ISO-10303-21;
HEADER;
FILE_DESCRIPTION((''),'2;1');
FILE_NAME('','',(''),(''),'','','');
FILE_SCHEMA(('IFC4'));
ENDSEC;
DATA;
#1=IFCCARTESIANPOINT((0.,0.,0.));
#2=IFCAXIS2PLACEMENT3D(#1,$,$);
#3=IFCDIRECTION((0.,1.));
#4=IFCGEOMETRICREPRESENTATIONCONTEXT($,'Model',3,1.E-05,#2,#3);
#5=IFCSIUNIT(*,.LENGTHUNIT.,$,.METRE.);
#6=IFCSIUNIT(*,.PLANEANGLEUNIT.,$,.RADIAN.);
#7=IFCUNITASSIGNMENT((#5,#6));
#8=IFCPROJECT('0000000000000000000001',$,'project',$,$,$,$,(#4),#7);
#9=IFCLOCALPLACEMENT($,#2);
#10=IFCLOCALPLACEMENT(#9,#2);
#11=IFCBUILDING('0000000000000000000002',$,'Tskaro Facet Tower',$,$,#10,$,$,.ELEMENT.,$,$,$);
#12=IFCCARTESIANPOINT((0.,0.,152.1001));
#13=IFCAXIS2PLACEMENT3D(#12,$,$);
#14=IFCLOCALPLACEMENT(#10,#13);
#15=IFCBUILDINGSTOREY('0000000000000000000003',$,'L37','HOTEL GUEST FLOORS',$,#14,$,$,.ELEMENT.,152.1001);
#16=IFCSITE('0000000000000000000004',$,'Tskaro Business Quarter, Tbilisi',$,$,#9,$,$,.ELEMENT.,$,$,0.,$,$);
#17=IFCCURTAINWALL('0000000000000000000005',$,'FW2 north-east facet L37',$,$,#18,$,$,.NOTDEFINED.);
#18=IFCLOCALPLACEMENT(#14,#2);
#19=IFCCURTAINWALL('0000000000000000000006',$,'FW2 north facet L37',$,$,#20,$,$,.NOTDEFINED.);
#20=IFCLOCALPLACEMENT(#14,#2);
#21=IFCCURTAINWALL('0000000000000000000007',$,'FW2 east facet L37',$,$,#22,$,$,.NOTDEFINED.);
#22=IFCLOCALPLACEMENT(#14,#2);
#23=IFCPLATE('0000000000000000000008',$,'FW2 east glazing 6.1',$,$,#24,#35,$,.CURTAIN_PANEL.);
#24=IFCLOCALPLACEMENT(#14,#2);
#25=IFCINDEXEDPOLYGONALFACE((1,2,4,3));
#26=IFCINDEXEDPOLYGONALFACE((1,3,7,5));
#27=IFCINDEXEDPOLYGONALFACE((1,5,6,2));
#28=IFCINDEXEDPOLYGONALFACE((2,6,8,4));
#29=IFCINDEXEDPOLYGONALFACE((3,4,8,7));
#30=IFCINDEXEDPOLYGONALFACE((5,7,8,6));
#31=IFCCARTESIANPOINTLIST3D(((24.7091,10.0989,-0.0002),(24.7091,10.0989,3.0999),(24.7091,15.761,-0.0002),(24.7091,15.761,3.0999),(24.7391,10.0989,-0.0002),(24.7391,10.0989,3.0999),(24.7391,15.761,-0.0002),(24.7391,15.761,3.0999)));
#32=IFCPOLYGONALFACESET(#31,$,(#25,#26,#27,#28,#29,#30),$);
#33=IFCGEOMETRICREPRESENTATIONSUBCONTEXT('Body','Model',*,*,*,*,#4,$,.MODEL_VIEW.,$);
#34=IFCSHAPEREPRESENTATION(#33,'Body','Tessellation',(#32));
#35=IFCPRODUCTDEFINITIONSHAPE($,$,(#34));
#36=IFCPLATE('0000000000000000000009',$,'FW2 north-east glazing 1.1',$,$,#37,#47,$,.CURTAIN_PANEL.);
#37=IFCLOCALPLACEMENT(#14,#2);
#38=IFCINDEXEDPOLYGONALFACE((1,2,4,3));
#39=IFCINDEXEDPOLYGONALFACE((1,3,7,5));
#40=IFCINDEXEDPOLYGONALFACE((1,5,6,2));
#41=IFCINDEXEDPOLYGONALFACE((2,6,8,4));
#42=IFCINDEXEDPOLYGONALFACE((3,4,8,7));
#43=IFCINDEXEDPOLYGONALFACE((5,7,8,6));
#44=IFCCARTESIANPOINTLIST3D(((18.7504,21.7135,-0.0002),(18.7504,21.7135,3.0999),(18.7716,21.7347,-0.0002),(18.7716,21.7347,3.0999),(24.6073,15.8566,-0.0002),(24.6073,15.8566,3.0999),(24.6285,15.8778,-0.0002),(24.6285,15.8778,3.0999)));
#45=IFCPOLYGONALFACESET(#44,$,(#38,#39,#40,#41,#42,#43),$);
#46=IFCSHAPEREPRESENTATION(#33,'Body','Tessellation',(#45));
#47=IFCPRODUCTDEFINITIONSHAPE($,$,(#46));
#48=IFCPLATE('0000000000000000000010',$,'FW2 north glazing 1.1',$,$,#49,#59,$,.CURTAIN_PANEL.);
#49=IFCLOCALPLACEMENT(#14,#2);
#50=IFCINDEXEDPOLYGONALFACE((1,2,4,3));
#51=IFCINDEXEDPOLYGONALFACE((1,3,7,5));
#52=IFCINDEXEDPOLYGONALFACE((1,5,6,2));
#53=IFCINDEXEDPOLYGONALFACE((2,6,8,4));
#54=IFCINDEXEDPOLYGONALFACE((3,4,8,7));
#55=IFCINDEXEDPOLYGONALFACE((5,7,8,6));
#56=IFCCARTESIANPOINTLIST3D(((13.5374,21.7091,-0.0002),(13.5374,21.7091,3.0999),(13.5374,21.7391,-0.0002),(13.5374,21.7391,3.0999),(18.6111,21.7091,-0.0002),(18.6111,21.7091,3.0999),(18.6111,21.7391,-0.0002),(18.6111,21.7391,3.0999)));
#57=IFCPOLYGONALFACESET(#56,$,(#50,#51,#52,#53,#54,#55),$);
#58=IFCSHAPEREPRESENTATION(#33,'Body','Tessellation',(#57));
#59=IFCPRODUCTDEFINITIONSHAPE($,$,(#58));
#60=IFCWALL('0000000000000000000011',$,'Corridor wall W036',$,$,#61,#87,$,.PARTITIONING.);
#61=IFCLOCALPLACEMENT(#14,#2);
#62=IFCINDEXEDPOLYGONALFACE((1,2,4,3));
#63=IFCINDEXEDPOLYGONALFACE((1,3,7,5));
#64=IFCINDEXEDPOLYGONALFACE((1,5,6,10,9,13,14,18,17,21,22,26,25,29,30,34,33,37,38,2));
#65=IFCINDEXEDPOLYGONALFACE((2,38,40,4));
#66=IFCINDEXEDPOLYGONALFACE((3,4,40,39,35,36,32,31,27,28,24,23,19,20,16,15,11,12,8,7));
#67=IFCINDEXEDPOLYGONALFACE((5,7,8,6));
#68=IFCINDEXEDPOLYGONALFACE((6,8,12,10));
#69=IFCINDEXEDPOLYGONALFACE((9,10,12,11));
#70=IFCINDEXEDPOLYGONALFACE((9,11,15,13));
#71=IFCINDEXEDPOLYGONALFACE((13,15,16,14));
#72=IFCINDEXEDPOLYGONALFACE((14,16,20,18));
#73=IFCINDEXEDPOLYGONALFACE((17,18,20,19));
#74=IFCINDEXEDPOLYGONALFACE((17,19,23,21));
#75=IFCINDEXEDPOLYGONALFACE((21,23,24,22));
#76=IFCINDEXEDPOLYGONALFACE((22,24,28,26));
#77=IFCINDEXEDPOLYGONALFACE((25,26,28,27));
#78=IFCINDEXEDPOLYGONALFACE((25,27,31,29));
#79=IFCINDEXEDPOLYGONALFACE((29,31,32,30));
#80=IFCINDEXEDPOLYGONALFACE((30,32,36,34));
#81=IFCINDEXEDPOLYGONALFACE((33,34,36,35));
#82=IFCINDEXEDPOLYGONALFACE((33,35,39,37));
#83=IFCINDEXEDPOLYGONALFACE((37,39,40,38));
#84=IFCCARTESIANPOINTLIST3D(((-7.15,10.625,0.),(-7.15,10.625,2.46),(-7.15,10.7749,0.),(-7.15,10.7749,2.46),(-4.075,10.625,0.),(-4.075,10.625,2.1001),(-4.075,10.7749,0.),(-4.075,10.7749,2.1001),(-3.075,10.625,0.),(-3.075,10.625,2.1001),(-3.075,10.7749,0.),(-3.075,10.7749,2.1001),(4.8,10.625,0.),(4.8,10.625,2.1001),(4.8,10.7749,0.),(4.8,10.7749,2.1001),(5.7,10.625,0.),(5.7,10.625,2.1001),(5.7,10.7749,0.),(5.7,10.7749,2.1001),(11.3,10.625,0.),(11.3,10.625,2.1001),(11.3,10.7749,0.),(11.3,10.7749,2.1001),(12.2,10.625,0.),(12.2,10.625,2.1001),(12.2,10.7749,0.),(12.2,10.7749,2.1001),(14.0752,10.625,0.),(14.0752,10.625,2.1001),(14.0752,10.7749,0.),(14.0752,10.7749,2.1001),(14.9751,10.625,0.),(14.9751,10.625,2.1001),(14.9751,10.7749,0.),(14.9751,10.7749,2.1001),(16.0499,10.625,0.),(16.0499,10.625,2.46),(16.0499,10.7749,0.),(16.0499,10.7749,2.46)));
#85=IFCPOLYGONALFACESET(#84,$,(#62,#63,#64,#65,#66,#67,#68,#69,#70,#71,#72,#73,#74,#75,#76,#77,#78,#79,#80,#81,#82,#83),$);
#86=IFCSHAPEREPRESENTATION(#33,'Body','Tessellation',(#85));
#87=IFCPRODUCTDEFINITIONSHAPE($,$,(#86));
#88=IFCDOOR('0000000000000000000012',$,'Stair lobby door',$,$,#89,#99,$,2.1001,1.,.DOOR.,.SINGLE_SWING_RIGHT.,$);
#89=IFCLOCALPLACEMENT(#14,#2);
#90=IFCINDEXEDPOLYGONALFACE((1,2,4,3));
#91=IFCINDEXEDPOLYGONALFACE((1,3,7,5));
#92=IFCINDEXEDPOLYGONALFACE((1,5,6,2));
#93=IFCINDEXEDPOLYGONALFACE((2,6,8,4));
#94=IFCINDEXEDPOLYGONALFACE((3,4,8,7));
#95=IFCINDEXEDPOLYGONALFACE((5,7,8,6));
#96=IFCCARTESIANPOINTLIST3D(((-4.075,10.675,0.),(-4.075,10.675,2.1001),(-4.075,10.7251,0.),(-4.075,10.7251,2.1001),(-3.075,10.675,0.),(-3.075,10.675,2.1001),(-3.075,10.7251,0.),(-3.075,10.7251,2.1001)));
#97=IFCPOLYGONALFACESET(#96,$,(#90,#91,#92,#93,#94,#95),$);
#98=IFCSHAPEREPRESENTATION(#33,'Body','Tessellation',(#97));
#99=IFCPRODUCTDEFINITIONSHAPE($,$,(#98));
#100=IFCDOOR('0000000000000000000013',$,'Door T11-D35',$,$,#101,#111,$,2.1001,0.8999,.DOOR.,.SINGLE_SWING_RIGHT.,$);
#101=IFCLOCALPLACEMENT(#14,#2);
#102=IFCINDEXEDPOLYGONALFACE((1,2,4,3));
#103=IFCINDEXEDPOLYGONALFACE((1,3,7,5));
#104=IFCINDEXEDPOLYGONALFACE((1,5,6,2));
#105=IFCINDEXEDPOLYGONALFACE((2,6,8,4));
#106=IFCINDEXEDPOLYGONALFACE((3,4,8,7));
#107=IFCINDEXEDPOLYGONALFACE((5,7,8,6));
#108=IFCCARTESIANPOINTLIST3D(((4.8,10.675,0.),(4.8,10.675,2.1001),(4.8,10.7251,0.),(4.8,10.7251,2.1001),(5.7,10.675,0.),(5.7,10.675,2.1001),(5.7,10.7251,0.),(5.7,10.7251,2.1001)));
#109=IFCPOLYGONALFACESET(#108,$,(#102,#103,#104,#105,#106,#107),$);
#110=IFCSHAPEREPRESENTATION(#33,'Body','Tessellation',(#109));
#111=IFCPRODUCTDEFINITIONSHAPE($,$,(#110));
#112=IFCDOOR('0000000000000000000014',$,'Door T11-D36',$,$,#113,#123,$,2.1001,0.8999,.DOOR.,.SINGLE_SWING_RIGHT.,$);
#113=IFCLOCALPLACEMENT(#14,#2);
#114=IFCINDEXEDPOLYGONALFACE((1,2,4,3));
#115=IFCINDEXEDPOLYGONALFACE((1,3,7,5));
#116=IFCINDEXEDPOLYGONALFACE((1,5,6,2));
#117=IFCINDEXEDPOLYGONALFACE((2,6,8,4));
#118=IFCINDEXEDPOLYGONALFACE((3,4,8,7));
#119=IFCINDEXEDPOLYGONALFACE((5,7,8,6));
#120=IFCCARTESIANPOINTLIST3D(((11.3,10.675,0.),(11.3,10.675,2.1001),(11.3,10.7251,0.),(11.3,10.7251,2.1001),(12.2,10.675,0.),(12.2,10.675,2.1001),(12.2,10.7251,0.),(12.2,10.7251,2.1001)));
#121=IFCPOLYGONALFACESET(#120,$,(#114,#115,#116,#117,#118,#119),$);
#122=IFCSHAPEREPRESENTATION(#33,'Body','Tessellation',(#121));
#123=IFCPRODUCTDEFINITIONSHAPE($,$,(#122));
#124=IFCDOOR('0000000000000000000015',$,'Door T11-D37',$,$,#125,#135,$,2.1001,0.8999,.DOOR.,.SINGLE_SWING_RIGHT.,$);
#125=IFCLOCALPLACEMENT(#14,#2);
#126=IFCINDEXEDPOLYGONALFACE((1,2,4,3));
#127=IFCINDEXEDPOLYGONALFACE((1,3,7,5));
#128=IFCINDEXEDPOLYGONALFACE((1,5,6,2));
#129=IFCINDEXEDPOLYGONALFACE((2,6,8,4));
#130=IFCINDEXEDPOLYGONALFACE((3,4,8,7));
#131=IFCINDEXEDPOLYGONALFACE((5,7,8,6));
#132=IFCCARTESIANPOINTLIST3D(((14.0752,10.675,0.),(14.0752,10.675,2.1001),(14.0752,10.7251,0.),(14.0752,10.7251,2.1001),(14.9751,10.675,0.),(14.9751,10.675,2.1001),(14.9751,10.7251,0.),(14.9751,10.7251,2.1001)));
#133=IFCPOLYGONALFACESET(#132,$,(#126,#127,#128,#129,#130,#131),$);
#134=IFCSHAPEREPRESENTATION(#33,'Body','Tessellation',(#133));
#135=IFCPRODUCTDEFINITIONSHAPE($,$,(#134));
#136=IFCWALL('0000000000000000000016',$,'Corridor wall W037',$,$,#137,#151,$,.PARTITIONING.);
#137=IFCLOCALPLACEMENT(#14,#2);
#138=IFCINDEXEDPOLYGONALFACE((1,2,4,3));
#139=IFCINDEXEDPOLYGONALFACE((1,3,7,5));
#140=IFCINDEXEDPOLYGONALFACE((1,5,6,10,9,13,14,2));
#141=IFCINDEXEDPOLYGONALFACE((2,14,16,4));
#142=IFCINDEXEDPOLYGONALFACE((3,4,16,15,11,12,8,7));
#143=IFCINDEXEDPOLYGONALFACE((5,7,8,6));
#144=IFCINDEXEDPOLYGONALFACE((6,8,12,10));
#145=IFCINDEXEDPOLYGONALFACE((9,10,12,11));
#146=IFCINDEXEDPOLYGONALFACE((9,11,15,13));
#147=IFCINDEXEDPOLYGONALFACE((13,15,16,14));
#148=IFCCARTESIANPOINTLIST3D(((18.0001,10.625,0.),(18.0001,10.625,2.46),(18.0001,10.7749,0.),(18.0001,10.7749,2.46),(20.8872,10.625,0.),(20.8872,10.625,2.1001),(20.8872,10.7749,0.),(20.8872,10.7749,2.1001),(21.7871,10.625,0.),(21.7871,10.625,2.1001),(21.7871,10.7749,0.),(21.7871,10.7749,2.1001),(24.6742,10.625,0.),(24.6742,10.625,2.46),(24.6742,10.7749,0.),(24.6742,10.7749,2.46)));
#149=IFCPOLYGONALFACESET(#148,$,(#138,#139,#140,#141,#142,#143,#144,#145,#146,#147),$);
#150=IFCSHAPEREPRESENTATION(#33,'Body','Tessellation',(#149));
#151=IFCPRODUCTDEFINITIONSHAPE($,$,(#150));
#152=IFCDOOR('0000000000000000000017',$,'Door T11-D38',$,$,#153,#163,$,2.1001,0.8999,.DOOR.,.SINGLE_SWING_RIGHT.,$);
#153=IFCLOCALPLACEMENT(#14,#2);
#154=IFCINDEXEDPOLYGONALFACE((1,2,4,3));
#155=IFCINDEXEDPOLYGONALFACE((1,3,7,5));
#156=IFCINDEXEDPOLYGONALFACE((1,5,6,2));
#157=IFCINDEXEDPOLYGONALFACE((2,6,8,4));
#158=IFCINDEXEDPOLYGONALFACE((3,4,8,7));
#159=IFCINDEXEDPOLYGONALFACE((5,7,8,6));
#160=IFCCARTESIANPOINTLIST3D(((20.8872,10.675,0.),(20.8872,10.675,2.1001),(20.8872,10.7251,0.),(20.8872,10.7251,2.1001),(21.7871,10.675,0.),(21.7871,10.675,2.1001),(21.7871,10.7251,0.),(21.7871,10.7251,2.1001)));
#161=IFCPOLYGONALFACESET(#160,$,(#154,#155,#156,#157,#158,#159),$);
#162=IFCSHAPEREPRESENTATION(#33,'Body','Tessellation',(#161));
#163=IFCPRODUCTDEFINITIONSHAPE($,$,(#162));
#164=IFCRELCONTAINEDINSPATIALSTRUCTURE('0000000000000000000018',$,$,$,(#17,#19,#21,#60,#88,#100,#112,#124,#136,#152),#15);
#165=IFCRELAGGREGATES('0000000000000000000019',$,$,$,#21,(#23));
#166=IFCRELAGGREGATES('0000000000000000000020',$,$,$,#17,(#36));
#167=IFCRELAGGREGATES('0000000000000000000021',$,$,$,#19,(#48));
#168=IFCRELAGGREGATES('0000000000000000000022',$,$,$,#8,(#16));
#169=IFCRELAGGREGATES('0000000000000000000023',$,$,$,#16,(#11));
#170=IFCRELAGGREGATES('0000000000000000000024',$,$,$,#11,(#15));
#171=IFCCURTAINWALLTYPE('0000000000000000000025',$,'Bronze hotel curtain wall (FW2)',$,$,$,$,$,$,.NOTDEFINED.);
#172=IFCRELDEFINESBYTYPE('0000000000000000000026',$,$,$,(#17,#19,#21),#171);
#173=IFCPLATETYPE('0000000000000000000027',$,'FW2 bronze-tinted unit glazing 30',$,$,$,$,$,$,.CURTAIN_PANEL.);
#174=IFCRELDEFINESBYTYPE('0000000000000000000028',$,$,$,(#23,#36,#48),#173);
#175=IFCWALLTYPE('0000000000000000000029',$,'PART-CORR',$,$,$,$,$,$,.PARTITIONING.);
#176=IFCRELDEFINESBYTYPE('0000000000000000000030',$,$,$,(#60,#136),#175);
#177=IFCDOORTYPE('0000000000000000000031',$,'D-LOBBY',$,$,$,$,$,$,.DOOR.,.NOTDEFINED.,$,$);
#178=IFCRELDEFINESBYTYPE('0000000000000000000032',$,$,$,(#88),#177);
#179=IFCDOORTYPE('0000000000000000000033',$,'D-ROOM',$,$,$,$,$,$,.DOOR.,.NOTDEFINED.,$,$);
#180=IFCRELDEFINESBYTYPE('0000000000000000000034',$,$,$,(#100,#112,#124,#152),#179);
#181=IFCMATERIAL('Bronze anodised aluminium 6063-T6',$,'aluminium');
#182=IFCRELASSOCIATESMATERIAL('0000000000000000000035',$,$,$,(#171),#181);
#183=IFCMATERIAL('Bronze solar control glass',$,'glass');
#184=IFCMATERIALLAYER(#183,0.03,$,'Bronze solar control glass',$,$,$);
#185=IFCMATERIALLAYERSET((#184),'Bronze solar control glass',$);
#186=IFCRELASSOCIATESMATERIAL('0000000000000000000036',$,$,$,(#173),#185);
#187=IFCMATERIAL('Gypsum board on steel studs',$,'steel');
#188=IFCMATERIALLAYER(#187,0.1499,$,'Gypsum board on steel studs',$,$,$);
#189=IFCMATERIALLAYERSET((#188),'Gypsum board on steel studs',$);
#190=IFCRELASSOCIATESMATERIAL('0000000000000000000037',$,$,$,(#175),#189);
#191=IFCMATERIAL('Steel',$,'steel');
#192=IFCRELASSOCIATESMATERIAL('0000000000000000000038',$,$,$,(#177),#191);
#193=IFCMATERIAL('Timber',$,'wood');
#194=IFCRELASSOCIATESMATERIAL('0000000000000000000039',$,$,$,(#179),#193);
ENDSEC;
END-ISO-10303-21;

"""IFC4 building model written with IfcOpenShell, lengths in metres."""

from ifc_helpers import new_model, si_unit, direction, frame, frame_2d, origin, origin_2d, place, context, subcontext, project, spatial, rectangle, extrude, material, layer, layer_set, type_object, element, fill, aggregate, save


model = new_model("IFC4")

# Units and contexts
model_context = context("Model", 3, precision=1e-05, world=origin(), true_north=direction((0.0, 1.0)))
body_context = subcontext(model_context, "Body", "Model", "MODEL_VIEW")
ifc_project = project(units=[si_unit("LENGTHUNIT", "METRE"), si_unit("PLANEANGLEUNIT", "RADIAN")], contexts=[model_context])

# Site, building, storey
site_placement = place(None, origin())
site = spatial("IfcSite", under=ifc_project, at=site_placement, Name="Tskaro Business Quarter, Tbilisi", CompositionType="ELEMENT", RefElevation=0.0)
building_placement = place(site_placement, origin())
building = spatial("IfcBuilding", under=site, at=building_placement, Name="Tskaro Facet Tower", CompositionType="ELEMENT")
storey_placement = place(building_placement, frame((0.0, 0.0, 152.1001)))
storey = spatial("IfcBuildingStorey", under=building, at=storey_placement, Name="L37", Description="HOTEL GUEST FLOORS", CompositionType="ELEMENT", Elevation=152.1001)

# Curtain walls
ifc_material_1 = material(Name="Bronze anodised aluminium 6063-T6", Category="aluminium")
curtain_wall_type = type_object("IfcCurtainWallType", Name="Bronze hotel curtain wall (FW2)", PredefinedType="NOTDEFINED", material=ifc_material_1)
curtain_wall_1_placement = place(storey_placement, origin())
curtain_wall_1 = element("IfcCurtainWall", 1, at=curtain_wall_1_placement, inside=storey, type_object=curtain_wall_type, Name="FW2 north-east facet L37", PredefinedType="NOTDEFINED")
curtain_wall_2_placement = place(storey_placement, origin())
curtain_wall_2 = element("IfcCurtainWall", 2, at=curtain_wall_2_placement, inside=storey, type_object=curtain_wall_type, Name="FW2 north facet L37", PredefinedType="NOTDEFINED")

# Curtain wall, plate
curtain_wall_3_placement = place(storey_placement, origin())
curtain_wall_3 = element("IfcCurtainWall", 3, at=curtain_wall_3_placement, inside=storey, type_object=curtain_wall_type, Name="FW2 east facet L37", PredefinedType="NOTDEFINED")
ifc_material_2 = material(Name="Bronze solar control glass", Category="glass")
ifc_layer_1 = layer(ifc_material_2, 0.03, Name="Bronze solar control glass")
ifc_layer_set_1 = layer_set([ifc_layer_1], Name="Bronze solar control glass")
plate_type = type_object("IfcPlateType", Name="FW2 bronze-tinted unit glazing 30", PredefinedType="CURTAIN_PANEL", material=ifc_layer_set_1)
plate_1_placement = place(storey_placement, frame((24.7241, 12.9299, -0.0002), z_axis=(0.0, 0.0, 1.0), x_axis=(0.0, 1.0, 0.0)))
plate_1 = element("IfcPlate", 4, at=plate_1_placement, type_object=plate_type, Name="FW2 east glazing 6.1", PredefinedType="CURTAIN_PANEL", context=body_context, shape_type="SweptSolid", body=[
    extrude(rectangle(XDim=5.6621, YDim=0.03, at=origin_2d()), origin(), (0.0, 0.0, 1.0), 3.1001),
])
aggregate(curtain_wall_3, [plate_1])

# Plates
plate_2_placement = place(storey_placement, frame((21.6895, 18.7957, -0.0002), z_axis=(0.0, 0.0, 1.0), x_axis=(-0.707107, 0.707107, 0.0)))
plate_2 = element("IfcPlate", 5, at=plate_2_placement, type_object=plate_type, Name="FW2 north-east glazing 1.1", PredefinedType="CURTAIN_PANEL", context=body_context, shape_type="SweptSolid", body=[
    extrude(rectangle(XDim=8.283, YDim=0.03, at=origin_2d()), origin(), (0.0, 0.0, 1.0), 3.1001),
])
aggregate(curtain_wall_1, [plate_2])
plate_3_placement = place(storey_placement, frame((16.0742, 21.7241, -0.0002), z_axis=(0.0, 0.0, 1.0), x_axis=(-1.0, 0.0, 0.0)))
plate_3 = element("IfcPlate", 6, at=plate_3_placement, type_object=plate_type, Name="FW2 north glazing 1.1", PredefinedType="CURTAIN_PANEL", context=body_context, shape_type="SweptSolid", body=[
    extrude(rectangle(XDim=5.0737, YDim=0.03, at=origin_2d()), origin(), (0.0, 0.0, 1.0), 3.1001),
])
aggregate(curtain_wall_2, [plate_3])

# Wall, openings, doors
ifc_material_3 = material(Name="Gypsum board on steel studs", Category="steel")
ifc_layer_2 = layer(ifc_material_3, 0.1499, Name="Gypsum board on steel studs")
ifc_layer_set_2 = layer_set([ifc_layer_2], Name="Gypsum board on steel studs")
wall_type_1 = type_object("IfcWallType", Name="PART-CORR", PredefinedType="PARTITIONING", material=ifc_layer_set_2)
wall_1_placement = place(storey_placement, frame((16.05, 10.7, 0.0), z_axis=(0.0, 0.0, 1.0), x_axis=(-1.0, 0.0, 0.0)))
wall_1 = element("IfcWall", 7, at=wall_1_placement, inside=storey, type_object=wall_type_1, Name="Corridor wall W036", PredefinedType="PARTITIONING", context=body_context, shape_type="SweptSolid", body=[
    extrude(rectangle(XDim=23.2, YDim=0.1499, at=frame_2d((11.6001, 0.0))), origin(), (0.0, 0.0, 1.0), 2.46),
])
opening_1_placement = place(wall_1_placement, frame((19.125, 0.0, 0.0)))
opening_1 = element("IfcOpeningElement", 8, at=opening_1_placement, cuts=wall_1, PredefinedType="OPENING", context=body_context, shape_type="SweptSolid", body=[
    extrude(rectangle(XDim=1.0, YDim=2.1001, at=frame_2d((0.5, 1.05))), frame((0.0, 0.085, 0.0), z_axis=(0.0, -1.0, 0.0), x_axis=(1.0, 0.0, 0.0)), (0.0, 0.0, 1.0), 0.1699),
])
opening_2_placement = place(wall_1_placement, frame((10.3501, 0.0, 0.0)))
opening_2 = element("IfcOpeningElement", 9, at=opening_2_placement, cuts=wall_1, PredefinedType="OPENING", context=body_context, shape_type="SweptSolid", body=[
    extrude(rectangle(XDim=0.8999, YDim=2.1001, at=frame_2d((0.45, 1.05))), frame((0.0, 0.085, 0.0), z_axis=(0.0, -1.0, 0.0), x_axis=(1.0, 0.0, 0.0)), (0.0, 0.0, 1.0), 0.1699),
])
opening_3_placement = place(wall_1_placement, frame((3.8501, 0.0, 0.0)))
opening_3 = element("IfcOpeningElement", 10, at=opening_3_placement, cuts=wall_1, PredefinedType="OPENING", context=body_context, shape_type="SweptSolid", body=[
    extrude(rectangle(XDim=0.8999, YDim=2.1001, at=frame_2d((0.45, 1.05))), frame((0.0, 0.085, 0.0), z_axis=(0.0, -1.0, 0.0), x_axis=(1.0, 0.0, 0.0)), (0.0, 0.0, 1.0), 0.1699),
])
opening_4_placement = place(wall_1_placement, frame((1.075, 0.0, 0.0)))
opening_4 = element("IfcOpeningElement", 11, at=opening_4_placement, cuts=wall_1, PredefinedType="OPENING", context=body_context, shape_type="SweptSolid", body=[
    extrude(rectangle(XDim=0.8999, YDim=2.1001, at=frame_2d((0.45, 1.05))), frame((0.0, 0.085, 0.0), z_axis=(0.0, -1.0, 0.0), x_axis=(1.0, 0.0, 0.0)), (0.0, 0.0, 1.0), 0.1699),
])
ifc_material_4 = material(Name="Steel", Category="steel")
door_type_1 = type_object("IfcDoorType", Name="D-LOBBY", OperationType="NOTDEFINED", PredefinedType="DOOR", material=ifc_material_4)
door_1_placement = place(opening_1_placement, origin())
door_1 = element("IfcDoor", 12, at=door_1_placement, inside=storey, type_object=door_type_1, Name="Stair lobby door", OperationType="SINGLE_SWING_RIGHT", OverallHeight=2.1001, OverallWidth=1.0, PredefinedType="DOOR", context=body_context, shape_type="SweptSolid", body=[
    extrude(rectangle(XDim=1.0, YDim=2.1001, at=frame_2d((0.5, 1.05))), frame((0.0, 0.0249, 0.0), z_axis=(0.0, -1.0, 0.0), x_axis=(1.0, 0.0, 0.0)), (0.0, 0.0, 1.0), 0.05),
])
fill(opening_1, door_1)
ifc_material_5 = material(Name="Timber", Category="wood")
door_type_2 = type_object("IfcDoorType", Name="D-ROOM", OperationType="NOTDEFINED", PredefinedType="DOOR", material=ifc_material_5)
door_2_placement = place(opening_2_placement, origin())
door_2 = element("IfcDoor", 13, at=door_2_placement, inside=storey, type_object=door_type_2, Name="Door T11-D35", OperationType="SINGLE_SWING_RIGHT", OverallHeight=2.1001, OverallWidth=0.8999, PredefinedType="DOOR", context=body_context, shape_type="SweptSolid", body=[
    extrude(rectangle(XDim=0.8999, YDim=2.1001, at=frame_2d((0.45, 1.05))), frame((0.0, 0.0249, 0.0), z_axis=(0.0, -1.0, 0.0), x_axis=(1.0, 0.0, 0.0)), (0.0, 0.0, 1.0), 0.05),
])
fill(opening_2, door_2)
door_3_placement = place(opening_3_placement, origin())
door_3 = element("IfcDoor", 14, at=door_3_placement, inside=storey, type_object=door_type_2, Name="Door T11-D36", OperationType="SINGLE_SWING_RIGHT", OverallHeight=2.1001, OverallWidth=0.8999, PredefinedType="DOOR", context=body_context, shape_type="SweptSolid", body=[
    extrude(rectangle(XDim=0.8999, YDim=2.1001, at=frame_2d((0.45, 1.05))), frame((0.0, 0.0249, 0.0), z_axis=(0.0, -1.0, 0.0), x_axis=(1.0, 0.0, 0.0)), (0.0, 0.0, 1.0), 0.05),
])
fill(opening_3, door_3)
door_4_placement = place(opening_4_placement, origin())
door_4 = element("IfcDoor", 15, at=door_4_placement, inside=storey, type_object=door_type_2, Name="Door T11-D37", OperationType="SINGLE_SWING_RIGHT", OverallHeight=2.1001, OverallWidth=0.8999, PredefinedType="DOOR", context=body_context, shape_type="SweptSolid", body=[
    extrude(rectangle(XDim=0.8999, YDim=2.1001, at=frame_2d((0.45, 1.05))), frame((0.0, 0.0249, 0.0), z_axis=(0.0, -1.0, 0.0), x_axis=(1.0, 0.0, 0.0)), (0.0, 0.0, 1.0), 0.05),
])
fill(opening_4, door_4)

# Wall, opening, door
wall_2_placement = place(storey_placement, frame((24.6741, 10.7, 0.0), z_axis=(0.0, 0.0, 1.0), x_axis=(-1.0, 0.0, 0.0)))
wall_2 = element("IfcWall", 16, at=wall_2_placement, inside=storey, type_object=wall_type_1, Name="Corridor wall W037", PredefinedType="PARTITIONING", context=body_context, shape_type="SweptSolid", body=[
    extrude(rectangle(XDim=6.6741, YDim=0.1499, at=frame_2d((3.3369, 0.0))), origin(), (0.0, 0.0, 1.0), 2.46),
])
opening_5_placement = place(wall_2_placement, frame((2.887, 0.0, 0.0)))
opening_5 = element("IfcOpeningElement", 17, at=opening_5_placement, cuts=wall_2, PredefinedType="OPENING", context=body_context, shape_type="SweptSolid", body=[
    extrude(rectangle(XDim=0.8999, YDim=2.1001, at=frame_2d((0.45, 1.05))), frame((0.0, 0.085, 0.0), z_axis=(0.0, -1.0, 0.0), x_axis=(1.0, 0.0, 0.0)), (0.0, 0.0, 1.0), 0.1699),
])
door_5_placement = place(opening_5_placement, origin())
door_5 = element("IfcDoor", 18, at=door_5_placement, inside=storey, type_object=door_type_2, Name="Door T11-D38", OperationType="SINGLE_SWING_RIGHT", OverallHeight=2.1001, OverallWidth=0.8999, PredefinedType="DOOR", context=body_context, shape_type="SweptSolid", body=[
    extrude(rectangle(XDim=0.8999, YDim=2.1001, at=frame_2d((0.45, 1.05))), frame((0.0, 0.0249, 0.0), z_axis=(0.0, -1.0, 0.0), x_axis=(1.0, 0.0, 0.0)), (0.0, 0.0, 1.0), 0.05),
])
fill(opening_5, door_5)

save(model, "model.ifc")
